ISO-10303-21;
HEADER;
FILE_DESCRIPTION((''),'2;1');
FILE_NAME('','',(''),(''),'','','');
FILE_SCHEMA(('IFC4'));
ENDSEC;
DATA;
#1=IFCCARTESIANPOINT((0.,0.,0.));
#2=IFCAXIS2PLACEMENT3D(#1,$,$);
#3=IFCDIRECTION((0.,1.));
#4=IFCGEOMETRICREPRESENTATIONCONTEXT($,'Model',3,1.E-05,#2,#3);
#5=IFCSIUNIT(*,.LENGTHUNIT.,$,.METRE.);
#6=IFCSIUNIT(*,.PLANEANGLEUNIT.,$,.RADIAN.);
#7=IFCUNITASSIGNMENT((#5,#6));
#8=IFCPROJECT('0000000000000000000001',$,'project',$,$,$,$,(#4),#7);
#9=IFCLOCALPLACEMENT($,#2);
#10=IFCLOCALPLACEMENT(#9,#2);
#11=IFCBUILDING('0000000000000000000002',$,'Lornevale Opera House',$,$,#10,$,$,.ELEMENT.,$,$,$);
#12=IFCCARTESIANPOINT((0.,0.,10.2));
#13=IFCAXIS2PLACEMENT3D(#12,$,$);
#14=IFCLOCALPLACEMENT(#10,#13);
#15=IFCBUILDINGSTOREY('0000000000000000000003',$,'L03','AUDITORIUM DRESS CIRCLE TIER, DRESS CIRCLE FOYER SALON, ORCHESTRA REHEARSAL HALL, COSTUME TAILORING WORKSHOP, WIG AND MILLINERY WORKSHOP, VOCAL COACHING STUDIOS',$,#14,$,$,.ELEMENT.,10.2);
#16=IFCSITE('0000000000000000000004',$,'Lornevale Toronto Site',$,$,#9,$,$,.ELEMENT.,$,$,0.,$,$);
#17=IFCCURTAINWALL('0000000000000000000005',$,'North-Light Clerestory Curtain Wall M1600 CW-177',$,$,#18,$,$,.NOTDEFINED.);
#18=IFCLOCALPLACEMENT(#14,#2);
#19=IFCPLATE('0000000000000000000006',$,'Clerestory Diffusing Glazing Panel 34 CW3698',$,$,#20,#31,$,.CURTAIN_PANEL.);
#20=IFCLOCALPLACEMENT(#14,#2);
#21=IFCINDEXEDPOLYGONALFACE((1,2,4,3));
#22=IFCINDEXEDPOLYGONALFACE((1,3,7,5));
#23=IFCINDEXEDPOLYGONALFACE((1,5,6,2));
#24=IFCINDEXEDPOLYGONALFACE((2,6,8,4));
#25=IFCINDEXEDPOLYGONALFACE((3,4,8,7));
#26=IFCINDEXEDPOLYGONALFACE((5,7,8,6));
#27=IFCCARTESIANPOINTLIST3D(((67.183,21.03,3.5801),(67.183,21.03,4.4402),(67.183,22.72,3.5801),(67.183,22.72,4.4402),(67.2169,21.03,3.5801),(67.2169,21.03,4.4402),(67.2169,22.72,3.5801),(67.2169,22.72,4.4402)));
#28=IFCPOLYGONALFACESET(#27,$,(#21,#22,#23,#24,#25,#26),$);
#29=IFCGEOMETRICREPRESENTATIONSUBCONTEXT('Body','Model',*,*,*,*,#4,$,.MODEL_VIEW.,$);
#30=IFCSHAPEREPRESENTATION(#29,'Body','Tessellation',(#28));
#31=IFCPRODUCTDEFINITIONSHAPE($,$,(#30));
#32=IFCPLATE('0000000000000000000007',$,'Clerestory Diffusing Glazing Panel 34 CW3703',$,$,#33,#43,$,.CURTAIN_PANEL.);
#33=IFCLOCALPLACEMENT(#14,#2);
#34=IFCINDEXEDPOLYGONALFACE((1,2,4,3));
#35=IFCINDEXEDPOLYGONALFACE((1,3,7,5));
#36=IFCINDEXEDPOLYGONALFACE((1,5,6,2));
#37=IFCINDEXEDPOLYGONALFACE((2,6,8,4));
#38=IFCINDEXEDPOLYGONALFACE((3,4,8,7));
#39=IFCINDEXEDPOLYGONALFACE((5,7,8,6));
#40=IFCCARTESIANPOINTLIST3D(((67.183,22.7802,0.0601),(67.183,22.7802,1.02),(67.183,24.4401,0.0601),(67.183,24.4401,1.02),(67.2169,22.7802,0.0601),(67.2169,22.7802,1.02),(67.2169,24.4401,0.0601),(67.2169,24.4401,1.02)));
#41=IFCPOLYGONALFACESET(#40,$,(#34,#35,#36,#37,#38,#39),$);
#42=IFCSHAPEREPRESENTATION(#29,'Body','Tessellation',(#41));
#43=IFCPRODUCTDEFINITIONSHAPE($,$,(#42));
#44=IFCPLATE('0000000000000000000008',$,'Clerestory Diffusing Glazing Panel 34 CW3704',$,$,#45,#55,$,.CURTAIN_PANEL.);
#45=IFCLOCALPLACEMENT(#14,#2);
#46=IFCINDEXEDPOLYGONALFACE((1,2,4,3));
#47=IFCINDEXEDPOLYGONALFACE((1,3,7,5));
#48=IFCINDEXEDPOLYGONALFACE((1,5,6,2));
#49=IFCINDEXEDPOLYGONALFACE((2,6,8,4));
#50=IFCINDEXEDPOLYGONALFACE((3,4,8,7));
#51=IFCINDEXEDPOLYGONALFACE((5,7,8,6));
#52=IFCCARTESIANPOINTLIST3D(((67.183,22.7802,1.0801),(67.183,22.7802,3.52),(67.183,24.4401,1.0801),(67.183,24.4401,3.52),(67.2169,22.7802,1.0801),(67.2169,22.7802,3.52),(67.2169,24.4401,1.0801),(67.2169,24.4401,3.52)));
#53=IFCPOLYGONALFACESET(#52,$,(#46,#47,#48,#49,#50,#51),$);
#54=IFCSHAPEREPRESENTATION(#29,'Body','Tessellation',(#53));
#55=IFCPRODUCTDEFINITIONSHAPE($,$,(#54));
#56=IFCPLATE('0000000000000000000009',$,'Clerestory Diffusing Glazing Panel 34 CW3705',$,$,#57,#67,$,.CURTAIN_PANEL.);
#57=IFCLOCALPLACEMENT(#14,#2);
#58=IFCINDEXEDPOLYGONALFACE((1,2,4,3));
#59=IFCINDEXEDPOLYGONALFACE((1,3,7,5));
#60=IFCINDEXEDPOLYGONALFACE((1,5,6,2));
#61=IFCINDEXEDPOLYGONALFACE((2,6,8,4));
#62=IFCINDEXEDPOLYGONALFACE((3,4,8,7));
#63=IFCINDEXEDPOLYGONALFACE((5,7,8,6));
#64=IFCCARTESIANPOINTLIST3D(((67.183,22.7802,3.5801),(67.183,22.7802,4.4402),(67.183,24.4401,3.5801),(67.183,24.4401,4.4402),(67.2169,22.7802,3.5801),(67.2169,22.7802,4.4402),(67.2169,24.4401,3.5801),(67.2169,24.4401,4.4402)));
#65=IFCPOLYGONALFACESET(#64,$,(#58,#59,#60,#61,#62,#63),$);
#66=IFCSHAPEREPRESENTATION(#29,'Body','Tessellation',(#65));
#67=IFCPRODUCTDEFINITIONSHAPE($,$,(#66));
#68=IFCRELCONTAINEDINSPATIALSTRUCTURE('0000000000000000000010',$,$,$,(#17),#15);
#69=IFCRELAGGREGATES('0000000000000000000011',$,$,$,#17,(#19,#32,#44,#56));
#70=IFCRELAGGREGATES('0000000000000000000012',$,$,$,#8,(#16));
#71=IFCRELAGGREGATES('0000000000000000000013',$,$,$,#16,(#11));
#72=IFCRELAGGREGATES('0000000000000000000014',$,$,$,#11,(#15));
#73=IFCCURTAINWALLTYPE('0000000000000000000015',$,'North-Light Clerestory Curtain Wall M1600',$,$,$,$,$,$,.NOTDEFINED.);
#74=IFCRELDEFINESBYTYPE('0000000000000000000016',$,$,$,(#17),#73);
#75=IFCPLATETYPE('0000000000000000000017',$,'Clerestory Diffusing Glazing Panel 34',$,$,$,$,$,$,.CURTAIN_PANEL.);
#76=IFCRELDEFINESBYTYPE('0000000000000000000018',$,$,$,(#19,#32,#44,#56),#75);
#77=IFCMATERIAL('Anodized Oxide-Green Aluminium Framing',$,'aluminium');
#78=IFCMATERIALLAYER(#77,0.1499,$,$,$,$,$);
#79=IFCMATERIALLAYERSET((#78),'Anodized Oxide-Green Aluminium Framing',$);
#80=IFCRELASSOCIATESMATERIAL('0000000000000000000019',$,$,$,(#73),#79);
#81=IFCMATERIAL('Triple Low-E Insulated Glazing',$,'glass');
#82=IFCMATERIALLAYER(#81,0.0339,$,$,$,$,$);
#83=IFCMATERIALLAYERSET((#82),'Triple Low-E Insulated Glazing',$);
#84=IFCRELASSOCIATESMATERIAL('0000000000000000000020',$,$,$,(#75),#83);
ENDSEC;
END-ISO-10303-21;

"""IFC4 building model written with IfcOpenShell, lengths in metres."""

from ifc_helpers import new_model, si_unit, direction, frame, origin, origin_2d, place, context, subcontext, project, spatial, rectangle, extrude, material, layer, layer_set, type_object, element, aggregate, save


model = new_model("IFC4")

# Units and contexts
model_context = context("Model", 3, precision=1e-05, world=origin(), true_north=direction((0.0, 1.0)))
body_context = subcontext(model_context, "Body", "Model", "MODEL_VIEW")
ifc_project = project(units=[si_unit("LENGTHUNIT", "METRE"), si_unit("PLANEANGLEUNIT", "RADIAN")], contexts=[model_context])

# Site, building, storey
site_placement = place(None, origin())
site = spatial("IfcSite", under=ifc_project, at=site_placement, Name="Lornevale Toronto Site", CompositionType="ELEMENT", RefElevation=0.0)
building_placement = place(site_placement, origin())
building = spatial("IfcBuilding", under=site, at=building_placement, Name="Lornevale Opera House", CompositionType="ELEMENT")
storey_placement = place(building_placement, frame((0.0, 0.0, 10.2)))
storey = spatial("IfcBuildingStorey", under=building, at=storey_placement, Name="L03", Description="AUDITORIUM DRESS CIRCLE TIER, DRESS CIRCLE FOYER SALON, ORCHESTRA REHEARSAL HALL, COSTUME TAILORING WORKSHOP, WIG AND MILLINERY WORKSHOP, VOCAL COACHING STUDIOS", CompositionType="ELEMENT", Elevation=10.2)

# Curtain wall
ifc_material_1 = material(Name="Anodized Oxide-Green Aluminium Framing", Category="aluminium")
ifc_layer_1 = layer(ifc_material_1, 0.1499)
ifc_layer_set_1 = layer_set([ifc_layer_1], Name="Anodized Oxide-Green Aluminium Framing")
curtain_wall_type_1 = type_object("IfcCurtainWallType", Name="North-Light Clerestory Curtain Wall M1600", PredefinedType="NOTDEFINED", material=ifc_layer_set_1)
curtain_wall_1_placement = place(storey_placement, origin())
curtain_wall_1 = element("IfcCurtainWall", 1, at=curtain_wall_1_placement, inside=storey, type_object=curtain_wall_type_1, Name="North-Light Clerestory Curtain Wall M1600 CW-177", PredefinedType="NOTDEFINED")

# Plates
ifc_material_2 = material(Name="Triple Low-E Insulated Glazing", Category="glass")
ifc_layer_2 = layer(ifc_material_2, 0.0339)
ifc_layer_set_2 = layer_set([ifc_layer_2], Name="Triple Low-E Insulated Glazing")
plate_type = type_object("IfcPlateType", Name="Clerestory Diffusing Glazing Panel 34", PredefinedType="CURTAIN_PANEL", material=ifc_layer_set_2)
plate_1_placement = place(storey_placement, frame((67.2, 21.875, 3.5801), z_axis=(0.0, 0.0, 1.0), x_axis=(0.0, 1.0, 0.0)))
plate_1 = element("IfcPlate", 2, at=plate_1_placement, type_object=plate_type, Name="Clerestory Diffusing Glazing Panel 34 CW3698", PredefinedType="CURTAIN_PANEL", context=body_context, shape_type="SweptSolid", body=[
    extrude(rectangle(XDim=1.6899, YDim=0.0339, at=origin_2d()), origin(), (0.0, 0.0, 1.0), 0.8601),
])
plate_2_placement = place(storey_placement, frame((67.2, 23.6101, 0.0601), z_axis=(0.0, 0.0, 1.0), x_axis=(0.0, 1.0, 0.0)))
plate_2 = element("IfcPlate", 3, at=plate_2_placement, type_object=plate_type, Name="Clerestory Diffusing Glazing Panel 34 CW3703", PredefinedType="CURTAIN_PANEL", context=body_context, shape_type="SweptSolid", body=[
    extrude(rectangle(XDim=1.6599, YDim=0.0339, at=origin_2d()), origin(), (0.0, 0.0, 1.0), 0.96),
])
plate_3_placement = place(storey_placement, frame((67.2, 23.6101, 1.0801), z_axis=(0.0, 0.0, 1.0), x_axis=(0.0, 1.0, 0.0)))
plate_3 = element("IfcPlate", 4, at=plate_3_placement, type_object=plate_type, Name="Clerestory Diffusing Glazing Panel 34 CW3704", PredefinedType="CURTAIN_PANEL", context=body_context, shape_type="SweptSolid", body=[
    extrude(rectangle(XDim=1.6599, YDim=0.0339, at=origin_2d()), origin(), (0.0, 0.0, 1.0), 2.4399),
])
plate_4_placement = place(storey_placement, frame((67.2, 23.6101, 3.5801), z_axis=(0.0, 0.0, 1.0), x_axis=(0.0, 1.0, 0.0)))
plate_4 = element("IfcPlate", 5, at=plate_4_placement, type_object=plate_type, Name="Clerestory Diffusing Glazing Panel 34 CW3705", PredefinedType="CURTAIN_PANEL", context=body_context, shape_type="SweptSolid", body=[
    extrude(rectangle(XDim=1.6599, YDim=0.0339, at=origin_2d()), origin(), (0.0, 0.0, 1.0), 0.8601),
])
aggregate(curtain_wall_1, [plate_1, plate_2, plate_3, plate_4])

save(model, "model.ifc")
